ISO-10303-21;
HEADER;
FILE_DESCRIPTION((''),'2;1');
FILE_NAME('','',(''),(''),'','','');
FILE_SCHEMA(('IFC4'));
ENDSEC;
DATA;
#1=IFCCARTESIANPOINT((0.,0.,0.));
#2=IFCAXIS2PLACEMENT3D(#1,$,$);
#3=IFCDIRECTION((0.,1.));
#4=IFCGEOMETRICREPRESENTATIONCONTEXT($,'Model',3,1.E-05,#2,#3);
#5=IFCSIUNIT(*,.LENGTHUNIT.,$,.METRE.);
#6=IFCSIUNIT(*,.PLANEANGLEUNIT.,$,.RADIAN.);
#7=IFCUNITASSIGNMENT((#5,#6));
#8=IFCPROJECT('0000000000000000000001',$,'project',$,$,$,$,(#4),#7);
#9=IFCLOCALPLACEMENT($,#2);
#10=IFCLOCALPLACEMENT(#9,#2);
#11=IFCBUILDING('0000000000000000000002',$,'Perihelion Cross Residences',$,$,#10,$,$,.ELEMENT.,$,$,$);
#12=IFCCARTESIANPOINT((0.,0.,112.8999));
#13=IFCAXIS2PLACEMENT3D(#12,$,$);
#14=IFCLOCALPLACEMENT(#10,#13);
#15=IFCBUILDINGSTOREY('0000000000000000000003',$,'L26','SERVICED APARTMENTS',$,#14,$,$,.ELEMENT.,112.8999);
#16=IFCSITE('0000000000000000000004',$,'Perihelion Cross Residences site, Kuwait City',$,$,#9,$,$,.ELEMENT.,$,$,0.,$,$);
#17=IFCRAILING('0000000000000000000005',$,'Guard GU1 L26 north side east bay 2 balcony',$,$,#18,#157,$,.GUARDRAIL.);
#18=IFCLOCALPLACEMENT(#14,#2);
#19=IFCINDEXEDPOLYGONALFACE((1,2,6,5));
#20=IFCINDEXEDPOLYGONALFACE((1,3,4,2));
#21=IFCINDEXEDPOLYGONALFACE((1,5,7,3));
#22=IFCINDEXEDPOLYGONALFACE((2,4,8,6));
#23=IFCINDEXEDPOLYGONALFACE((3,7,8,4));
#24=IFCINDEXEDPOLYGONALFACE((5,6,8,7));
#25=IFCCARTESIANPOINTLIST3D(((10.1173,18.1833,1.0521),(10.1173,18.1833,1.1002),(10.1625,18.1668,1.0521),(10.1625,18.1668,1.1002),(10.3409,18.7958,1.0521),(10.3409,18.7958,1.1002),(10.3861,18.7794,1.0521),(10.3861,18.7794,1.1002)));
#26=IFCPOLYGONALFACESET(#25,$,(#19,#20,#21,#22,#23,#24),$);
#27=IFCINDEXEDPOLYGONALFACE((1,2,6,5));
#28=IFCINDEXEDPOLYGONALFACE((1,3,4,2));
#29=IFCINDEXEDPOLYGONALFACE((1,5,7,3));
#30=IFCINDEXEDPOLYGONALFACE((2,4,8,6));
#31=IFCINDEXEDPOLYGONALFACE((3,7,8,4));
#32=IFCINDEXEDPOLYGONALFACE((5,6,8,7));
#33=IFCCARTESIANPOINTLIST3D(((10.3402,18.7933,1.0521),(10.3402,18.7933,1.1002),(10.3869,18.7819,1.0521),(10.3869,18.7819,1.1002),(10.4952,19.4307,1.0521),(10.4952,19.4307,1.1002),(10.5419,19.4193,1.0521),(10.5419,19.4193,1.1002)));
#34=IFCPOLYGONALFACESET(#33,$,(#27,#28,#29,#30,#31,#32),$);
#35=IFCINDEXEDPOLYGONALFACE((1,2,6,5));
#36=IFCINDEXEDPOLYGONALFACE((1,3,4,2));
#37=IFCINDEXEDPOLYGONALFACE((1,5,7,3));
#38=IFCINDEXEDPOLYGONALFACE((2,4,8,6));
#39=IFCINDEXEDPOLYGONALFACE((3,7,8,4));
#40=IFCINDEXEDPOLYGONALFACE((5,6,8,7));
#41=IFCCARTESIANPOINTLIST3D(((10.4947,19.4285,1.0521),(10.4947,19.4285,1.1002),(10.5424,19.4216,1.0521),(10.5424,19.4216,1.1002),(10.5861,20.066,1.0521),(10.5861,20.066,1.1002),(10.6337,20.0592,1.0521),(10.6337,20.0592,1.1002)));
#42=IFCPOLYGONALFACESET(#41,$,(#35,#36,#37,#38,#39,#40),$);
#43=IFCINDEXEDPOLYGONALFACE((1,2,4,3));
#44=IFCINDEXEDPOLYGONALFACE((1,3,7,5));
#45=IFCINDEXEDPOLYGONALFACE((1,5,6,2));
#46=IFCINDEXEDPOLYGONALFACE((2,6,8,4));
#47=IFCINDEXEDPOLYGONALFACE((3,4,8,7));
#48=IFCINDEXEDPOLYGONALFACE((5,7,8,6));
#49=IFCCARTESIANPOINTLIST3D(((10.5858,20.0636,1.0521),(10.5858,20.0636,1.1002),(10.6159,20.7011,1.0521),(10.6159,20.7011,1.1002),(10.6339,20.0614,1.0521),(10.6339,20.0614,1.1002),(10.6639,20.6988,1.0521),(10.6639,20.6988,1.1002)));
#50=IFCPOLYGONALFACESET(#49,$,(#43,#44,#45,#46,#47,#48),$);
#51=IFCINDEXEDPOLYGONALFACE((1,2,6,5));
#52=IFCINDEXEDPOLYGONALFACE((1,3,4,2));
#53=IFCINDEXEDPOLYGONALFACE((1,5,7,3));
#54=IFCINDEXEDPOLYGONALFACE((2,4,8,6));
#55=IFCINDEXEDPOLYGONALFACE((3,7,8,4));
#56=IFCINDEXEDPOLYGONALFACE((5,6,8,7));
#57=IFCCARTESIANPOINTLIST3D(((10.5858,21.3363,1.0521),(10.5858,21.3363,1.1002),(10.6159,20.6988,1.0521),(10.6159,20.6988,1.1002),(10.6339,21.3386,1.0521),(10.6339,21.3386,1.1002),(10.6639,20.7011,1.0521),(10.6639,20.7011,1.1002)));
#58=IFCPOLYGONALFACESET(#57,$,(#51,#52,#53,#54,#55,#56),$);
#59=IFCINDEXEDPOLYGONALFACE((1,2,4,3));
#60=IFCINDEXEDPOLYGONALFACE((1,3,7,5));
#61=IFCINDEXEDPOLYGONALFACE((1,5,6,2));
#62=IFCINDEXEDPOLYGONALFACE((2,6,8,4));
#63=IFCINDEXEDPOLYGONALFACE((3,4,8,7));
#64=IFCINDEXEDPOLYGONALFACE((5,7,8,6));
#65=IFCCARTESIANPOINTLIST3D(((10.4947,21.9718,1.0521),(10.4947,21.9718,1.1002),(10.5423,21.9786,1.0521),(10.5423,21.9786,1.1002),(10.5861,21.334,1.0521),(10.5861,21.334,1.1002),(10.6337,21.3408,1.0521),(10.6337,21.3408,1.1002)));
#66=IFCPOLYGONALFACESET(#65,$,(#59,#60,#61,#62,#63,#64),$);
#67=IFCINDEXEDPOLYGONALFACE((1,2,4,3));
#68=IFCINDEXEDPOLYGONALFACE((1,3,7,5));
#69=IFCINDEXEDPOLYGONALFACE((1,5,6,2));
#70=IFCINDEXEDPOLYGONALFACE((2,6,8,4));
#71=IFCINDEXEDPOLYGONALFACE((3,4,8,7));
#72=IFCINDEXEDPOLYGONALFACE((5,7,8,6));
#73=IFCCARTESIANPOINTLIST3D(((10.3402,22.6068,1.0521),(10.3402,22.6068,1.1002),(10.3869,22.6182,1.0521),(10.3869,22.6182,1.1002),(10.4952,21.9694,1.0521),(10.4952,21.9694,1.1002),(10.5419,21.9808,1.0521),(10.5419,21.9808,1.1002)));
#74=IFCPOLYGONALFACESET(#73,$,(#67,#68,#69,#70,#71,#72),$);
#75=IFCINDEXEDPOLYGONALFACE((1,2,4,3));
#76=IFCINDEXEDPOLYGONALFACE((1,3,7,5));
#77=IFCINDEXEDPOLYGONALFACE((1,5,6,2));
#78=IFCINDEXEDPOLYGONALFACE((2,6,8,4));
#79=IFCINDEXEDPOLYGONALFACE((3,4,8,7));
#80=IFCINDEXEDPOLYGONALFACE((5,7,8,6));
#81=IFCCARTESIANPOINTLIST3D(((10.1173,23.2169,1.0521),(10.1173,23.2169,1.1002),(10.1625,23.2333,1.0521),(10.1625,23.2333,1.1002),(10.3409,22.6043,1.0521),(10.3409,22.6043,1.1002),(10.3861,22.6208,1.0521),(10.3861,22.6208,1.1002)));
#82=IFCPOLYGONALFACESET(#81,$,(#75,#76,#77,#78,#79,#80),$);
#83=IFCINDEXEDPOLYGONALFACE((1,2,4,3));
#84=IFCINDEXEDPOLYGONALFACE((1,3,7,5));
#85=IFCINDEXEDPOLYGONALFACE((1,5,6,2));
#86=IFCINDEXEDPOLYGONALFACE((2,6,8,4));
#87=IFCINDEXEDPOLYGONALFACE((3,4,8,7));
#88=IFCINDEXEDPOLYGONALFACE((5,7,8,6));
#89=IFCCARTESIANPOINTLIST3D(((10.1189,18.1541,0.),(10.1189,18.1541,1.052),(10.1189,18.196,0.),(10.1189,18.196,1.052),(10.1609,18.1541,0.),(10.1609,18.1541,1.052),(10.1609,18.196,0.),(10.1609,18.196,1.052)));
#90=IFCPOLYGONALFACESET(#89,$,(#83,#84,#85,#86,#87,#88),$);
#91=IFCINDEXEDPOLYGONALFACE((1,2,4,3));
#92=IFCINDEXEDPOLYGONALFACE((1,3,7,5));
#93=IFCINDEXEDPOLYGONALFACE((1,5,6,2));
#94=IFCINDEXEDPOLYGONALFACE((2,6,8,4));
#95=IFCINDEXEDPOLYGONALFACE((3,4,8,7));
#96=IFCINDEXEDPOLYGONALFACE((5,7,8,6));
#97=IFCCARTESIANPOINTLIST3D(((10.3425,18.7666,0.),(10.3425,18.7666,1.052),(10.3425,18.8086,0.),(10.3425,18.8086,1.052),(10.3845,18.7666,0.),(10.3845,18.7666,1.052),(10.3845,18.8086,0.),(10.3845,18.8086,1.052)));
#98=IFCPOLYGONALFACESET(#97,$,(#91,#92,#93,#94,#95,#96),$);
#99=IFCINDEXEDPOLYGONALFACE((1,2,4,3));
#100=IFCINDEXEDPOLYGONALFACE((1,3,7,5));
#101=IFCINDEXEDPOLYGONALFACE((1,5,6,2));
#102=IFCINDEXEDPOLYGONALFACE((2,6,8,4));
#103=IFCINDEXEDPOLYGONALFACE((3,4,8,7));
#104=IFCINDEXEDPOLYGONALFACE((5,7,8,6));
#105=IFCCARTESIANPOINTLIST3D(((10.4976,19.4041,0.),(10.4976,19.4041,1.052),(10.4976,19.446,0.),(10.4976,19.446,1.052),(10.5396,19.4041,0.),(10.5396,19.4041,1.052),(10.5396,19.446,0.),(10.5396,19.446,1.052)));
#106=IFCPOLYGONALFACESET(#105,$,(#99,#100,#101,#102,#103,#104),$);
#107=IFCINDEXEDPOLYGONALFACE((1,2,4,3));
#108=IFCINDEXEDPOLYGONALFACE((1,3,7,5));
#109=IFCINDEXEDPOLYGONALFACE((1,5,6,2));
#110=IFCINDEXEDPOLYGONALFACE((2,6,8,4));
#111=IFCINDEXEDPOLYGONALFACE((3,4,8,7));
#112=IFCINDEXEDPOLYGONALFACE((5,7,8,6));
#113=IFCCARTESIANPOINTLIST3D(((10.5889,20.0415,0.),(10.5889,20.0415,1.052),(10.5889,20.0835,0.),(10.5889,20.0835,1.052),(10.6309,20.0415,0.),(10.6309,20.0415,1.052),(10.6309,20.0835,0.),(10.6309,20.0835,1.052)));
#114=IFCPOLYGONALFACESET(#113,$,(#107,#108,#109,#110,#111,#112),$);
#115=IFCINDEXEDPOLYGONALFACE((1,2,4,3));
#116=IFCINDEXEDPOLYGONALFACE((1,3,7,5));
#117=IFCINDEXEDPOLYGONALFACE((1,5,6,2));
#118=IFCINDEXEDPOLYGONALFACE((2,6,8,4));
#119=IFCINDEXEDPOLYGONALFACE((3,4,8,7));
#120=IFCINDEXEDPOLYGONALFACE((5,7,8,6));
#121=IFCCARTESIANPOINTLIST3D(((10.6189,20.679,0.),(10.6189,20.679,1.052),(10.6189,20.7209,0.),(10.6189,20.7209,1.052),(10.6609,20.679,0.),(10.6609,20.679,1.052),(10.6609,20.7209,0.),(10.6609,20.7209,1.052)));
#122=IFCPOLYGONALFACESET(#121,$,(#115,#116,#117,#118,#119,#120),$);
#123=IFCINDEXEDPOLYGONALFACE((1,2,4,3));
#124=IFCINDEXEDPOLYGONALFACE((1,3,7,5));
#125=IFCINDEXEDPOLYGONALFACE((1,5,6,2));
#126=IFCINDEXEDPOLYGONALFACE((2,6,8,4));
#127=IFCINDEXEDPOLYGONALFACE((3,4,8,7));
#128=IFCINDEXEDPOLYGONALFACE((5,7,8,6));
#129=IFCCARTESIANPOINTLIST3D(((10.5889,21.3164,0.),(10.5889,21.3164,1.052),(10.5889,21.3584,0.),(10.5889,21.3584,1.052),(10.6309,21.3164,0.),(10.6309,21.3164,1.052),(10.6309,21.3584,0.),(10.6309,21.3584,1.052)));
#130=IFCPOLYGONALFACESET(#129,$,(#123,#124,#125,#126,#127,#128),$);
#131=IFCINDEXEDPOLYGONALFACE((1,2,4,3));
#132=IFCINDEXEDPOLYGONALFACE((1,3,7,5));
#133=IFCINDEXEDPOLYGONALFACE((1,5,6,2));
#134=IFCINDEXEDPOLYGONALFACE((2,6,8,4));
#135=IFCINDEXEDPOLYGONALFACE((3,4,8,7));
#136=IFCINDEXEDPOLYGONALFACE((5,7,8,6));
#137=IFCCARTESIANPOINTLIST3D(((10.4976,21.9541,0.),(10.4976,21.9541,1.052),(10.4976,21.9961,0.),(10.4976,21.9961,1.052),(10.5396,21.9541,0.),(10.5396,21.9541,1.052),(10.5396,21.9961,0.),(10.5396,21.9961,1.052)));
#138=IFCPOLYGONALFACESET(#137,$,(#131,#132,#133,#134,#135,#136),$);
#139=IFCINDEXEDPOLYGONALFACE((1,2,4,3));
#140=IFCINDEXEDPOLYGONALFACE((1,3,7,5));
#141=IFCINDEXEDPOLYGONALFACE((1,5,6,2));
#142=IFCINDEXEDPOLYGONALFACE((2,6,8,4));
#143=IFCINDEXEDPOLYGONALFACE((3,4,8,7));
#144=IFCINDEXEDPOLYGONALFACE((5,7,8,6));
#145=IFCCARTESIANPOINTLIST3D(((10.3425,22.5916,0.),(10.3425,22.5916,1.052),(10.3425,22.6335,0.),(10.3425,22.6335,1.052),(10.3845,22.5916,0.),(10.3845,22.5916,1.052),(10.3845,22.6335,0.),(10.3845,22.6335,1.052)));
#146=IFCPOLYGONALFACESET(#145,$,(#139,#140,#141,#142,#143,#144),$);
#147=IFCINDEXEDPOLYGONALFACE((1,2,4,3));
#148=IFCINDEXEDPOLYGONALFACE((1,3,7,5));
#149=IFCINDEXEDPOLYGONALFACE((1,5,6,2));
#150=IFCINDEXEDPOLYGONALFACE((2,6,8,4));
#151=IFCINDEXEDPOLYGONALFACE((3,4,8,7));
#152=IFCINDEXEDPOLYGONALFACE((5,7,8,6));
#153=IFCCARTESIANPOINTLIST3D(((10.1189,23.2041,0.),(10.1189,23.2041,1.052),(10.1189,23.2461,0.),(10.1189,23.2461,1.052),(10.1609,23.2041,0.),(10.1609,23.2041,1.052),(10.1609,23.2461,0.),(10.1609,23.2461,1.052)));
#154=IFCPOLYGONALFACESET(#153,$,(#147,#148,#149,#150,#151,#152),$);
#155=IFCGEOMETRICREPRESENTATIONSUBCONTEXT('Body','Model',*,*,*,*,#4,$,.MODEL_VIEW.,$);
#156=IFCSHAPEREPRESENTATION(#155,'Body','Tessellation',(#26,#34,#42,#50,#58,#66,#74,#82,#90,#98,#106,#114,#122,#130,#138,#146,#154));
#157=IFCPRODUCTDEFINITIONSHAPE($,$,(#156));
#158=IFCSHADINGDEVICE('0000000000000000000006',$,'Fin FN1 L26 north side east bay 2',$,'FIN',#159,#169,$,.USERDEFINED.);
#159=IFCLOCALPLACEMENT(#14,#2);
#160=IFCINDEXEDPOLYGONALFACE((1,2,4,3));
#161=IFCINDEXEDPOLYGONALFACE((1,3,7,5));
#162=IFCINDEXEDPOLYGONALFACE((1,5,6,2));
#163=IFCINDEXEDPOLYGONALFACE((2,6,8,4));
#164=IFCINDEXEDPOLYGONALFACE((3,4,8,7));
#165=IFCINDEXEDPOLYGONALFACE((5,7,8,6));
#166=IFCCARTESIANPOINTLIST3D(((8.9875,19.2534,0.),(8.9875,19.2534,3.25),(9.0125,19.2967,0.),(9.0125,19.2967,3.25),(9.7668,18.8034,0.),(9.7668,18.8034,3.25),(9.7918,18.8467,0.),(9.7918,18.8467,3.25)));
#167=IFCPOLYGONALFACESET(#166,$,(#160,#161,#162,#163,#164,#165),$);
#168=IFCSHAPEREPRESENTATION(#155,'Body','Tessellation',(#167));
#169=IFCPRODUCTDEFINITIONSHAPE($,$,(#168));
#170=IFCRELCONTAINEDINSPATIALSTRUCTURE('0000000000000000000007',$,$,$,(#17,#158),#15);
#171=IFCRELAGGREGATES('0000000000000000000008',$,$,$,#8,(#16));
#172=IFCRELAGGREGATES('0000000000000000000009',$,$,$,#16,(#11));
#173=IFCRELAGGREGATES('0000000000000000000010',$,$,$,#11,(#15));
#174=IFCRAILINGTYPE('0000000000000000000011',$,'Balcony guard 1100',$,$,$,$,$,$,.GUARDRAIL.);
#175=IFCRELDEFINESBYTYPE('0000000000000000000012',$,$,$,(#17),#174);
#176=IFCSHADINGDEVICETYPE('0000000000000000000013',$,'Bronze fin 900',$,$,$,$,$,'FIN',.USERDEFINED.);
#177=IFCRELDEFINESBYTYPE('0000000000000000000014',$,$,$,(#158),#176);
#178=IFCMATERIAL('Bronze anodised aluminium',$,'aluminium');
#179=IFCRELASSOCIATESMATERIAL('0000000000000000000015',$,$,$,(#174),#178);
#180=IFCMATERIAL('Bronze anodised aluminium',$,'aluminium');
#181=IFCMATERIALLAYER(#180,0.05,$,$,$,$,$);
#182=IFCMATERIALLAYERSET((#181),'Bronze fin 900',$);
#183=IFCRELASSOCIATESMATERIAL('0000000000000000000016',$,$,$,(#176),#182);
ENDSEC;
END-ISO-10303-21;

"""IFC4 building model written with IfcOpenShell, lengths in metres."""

from ifc_helpers import new_model, si_unit, direction, frame, origin, origin_2d, place, context, subcontext, project, spatial, rectangle, extrude, material, layer, layer_set, type_object, element, save


model = new_model("IFC4")

# Units and contexts
model_context = context("Model", 3, precision=1e-05, world=origin(), true_north=direction((0.0, 1.0)))
body_context = subcontext(model_context, "Body", "Model", "MODEL_VIEW")
ifc_project = project(units=[si_unit("LENGTHUNIT", "METRE"), si_unit("PLANEANGLEUNIT", "RADIAN")], contexts=[model_context])

# Site, building, storey
site_placement = place(None, origin())
site = spatial("IfcSite", under=ifc_project, at=site_placement, Name="Perihelion Cross Residences site, Kuwait City", CompositionType="ELEMENT", RefElevation=0.0)
building_placement = place(site_placement, origin())
building = spatial("IfcBuilding", under=site, at=building_placement, Name="Perihelion Cross Residences", CompositionType="ELEMENT")
storey_placement = place(building_placement, frame((0.0, 0.0, 112.8999)))
storey = spatial("IfcBuildingStorey", under=building, at=storey_placement, Name="L26", Description="SERVICED APARTMENTS", CompositionType="ELEMENT", Elevation=112.8999)

# Railing
ifc_material_1 = material(Name="Bronze anodised aluminium", Category="aluminium")
railing_type = type_object("IfcRailingType", Name="Balcony guard 1100", PredefinedType="GUARDRAIL", material=ifc_material_1)
railing_1_placement = place(storey_placement, frame((10.1399, 18.175, 0.0)))
element("IfcRailing", 1, at=railing_1_placement, inside=storey, type_object=railing_type, Name="Guard GU1 L26 north side east bay 2 balcony", PredefinedType="GUARDRAIL", context=body_context, shape_type="SweptSolid", body=[
    extrude(rectangle(XDim=0.0481, YDim=0.0481, at=origin_2d()), frame((0.0, 0.0, 1.0762), z_axis=(0.342945, 0.939355, 0.0), x_axis=(-0.939355, 0.342945, 0.0)), (0.0, 0.0, 1.0), 0.6521),
    extrude(rectangle(XDim=0.0481, YDim=0.0481, at=origin_2d()), frame((0.2236, 0.6125, 1.0762), z_axis=(0.236314, 0.971677, 0.0), x_axis=(-0.971677, 0.236314, 0.0)), (0.0, 0.0, 1.0), 0.656),
    extrude(rectangle(XDim=0.0481, YDim=0.0481, at=origin_2d()), frame((0.3787, 1.25, 1.0762), z_axis=(0.141793, 0.989896, 0.0), x_axis=(-0.989896, 0.141793, 0.0)), (0.0, 0.0, 1.0), 0.644),
    extrude(rectangle(XDim=0.0481, YDim=0.0481, at=origin_2d()), frame((0.47, 1.8875, 1.0762), z_axis=(0.047056, 0.998892, 0.0), x_axis=(-0.998892, 0.047056, 0.0)), (0.0, 0.0, 1.0), 0.6382),
    extrude(rectangle(XDim=0.0481, YDim=0.0481, at=origin_2d()), frame((0.5, 2.5249, 1.0762), z_axis=(-0.047056, 0.998892, 0.0), x_axis=(-0.998892, -0.047056, 0.0)), (0.0, 0.0, 1.0), 0.6382),
    extrude(rectangle(XDim=0.0481, YDim=0.0481, at=origin_2d()), frame((0.47, 3.1624, 1.0762), z_axis=(-0.14174, 0.989904, 0.0), x_axis=(-0.989904, -0.14174, 0.0)), (0.0, 0.0, 1.0), 0.6443),
    extrude(rectangle(XDim=0.0481, YDim=0.0481, at=origin_2d()), frame((0.3787, 3.8, 1.0762), z_axis=(-0.236314, 0.971677, 0.0), x_axis=(-0.971677, -0.236314, 0.0)), (0.0, 0.0, 1.0), 0.656),
    extrude(rectangle(XDim=0.0481, YDim=0.0481, at=origin_2d()), frame((0.2236, 4.4375, 1.0762), z_axis=(-0.342945, 0.939355, 0.0), x_axis=(-0.939355, -0.342945, 0.0)), (0.0, 0.0, 1.0), 0.6521),
    extrude(rectangle(XDim=0.042, YDim=0.042, at=origin_2d()), origin(), (0.0, 0.0, 1.0), 1.052),
    extrude(rectangle(XDim=0.042, YDim=0.042, at=origin_2d()), frame((0.2236, 0.6125, 0.0)), (0.0, 0.0, 1.0), 1.052),
    extrude(rectangle(XDim=0.042, YDim=0.042, at=origin_2d()), frame((0.3787, 1.25, 0.0)), (0.0, 0.0, 1.0), 1.052),
    extrude(rectangle(XDim=0.042, YDim=0.042, at=origin_2d()), frame((0.47, 1.8875, 0.0)), (0.0, 0.0, 1.0), 1.052),
    extrude(rectangle(XDim=0.042, YDim=0.042, at=origin_2d()), frame((0.5, 2.5249, 0.0)), (0.0, 0.0, 1.0), 1.052),
    extrude(rectangle(XDim=0.042, YDim=0.042, at=origin_2d()), frame((0.47, 3.1624, 0.0)), (0.0, 0.0, 1.0), 1.052),
    extrude(rectangle(XDim=0.042, YDim=0.042, at=origin_2d()), frame((0.3787, 3.8, 0.0)), (0.0, 0.0, 1.0), 1.052),
    extrude(rectangle(XDim=0.042, YDim=0.042, at=origin_2d()), frame((0.2236, 4.4375, 0.0)), (0.0, 0.0, 1.0), 1.052),
    extrude(rectangle(XDim=0.042, YDim=0.042, at=origin_2d()), frame((0.0, 5.05, 0.0)), (0.0, 0.0, 1.0), 1.052),
])

# Shading device
ifc_material_2 = material(Name="Bronze anodised aluminium", Category="aluminium")
ifc_layer_1 = layer(ifc_material_2, 0.05)
ifc_layer_set_1 = layer_set([ifc_layer_1], Name="Bronze fin 900")
shading_device_type = type_object("IfcShadingDeviceType", Name="Bronze fin 900", ElementType="FIN", PredefinedType="USERDEFINED", material=ifc_layer_set_1)
shading_device_placement = place(storey_placement, frame((9.3896, 19.05, 0.0), z_axis=(0.0, 0.0, 1.0), x_axis=(0.866025, -0.5, 0.0)))
element("IfcShadingDevice", 2, at=shading_device_placement, inside=storey, type_object=shading_device_type, Name="Fin FN1 L26 north side east bay 2", ObjectType="FIN", PredefinedType="USERDEFINED", context=body_context, shape_type="SweptSolid", body=[
    extrude(rectangle(XDim=0.8999, YDim=0.05, at=origin_2d()), origin(), (0.0, 0.0, 1.0), 3.25),
])

save(model, "model.ifc")
